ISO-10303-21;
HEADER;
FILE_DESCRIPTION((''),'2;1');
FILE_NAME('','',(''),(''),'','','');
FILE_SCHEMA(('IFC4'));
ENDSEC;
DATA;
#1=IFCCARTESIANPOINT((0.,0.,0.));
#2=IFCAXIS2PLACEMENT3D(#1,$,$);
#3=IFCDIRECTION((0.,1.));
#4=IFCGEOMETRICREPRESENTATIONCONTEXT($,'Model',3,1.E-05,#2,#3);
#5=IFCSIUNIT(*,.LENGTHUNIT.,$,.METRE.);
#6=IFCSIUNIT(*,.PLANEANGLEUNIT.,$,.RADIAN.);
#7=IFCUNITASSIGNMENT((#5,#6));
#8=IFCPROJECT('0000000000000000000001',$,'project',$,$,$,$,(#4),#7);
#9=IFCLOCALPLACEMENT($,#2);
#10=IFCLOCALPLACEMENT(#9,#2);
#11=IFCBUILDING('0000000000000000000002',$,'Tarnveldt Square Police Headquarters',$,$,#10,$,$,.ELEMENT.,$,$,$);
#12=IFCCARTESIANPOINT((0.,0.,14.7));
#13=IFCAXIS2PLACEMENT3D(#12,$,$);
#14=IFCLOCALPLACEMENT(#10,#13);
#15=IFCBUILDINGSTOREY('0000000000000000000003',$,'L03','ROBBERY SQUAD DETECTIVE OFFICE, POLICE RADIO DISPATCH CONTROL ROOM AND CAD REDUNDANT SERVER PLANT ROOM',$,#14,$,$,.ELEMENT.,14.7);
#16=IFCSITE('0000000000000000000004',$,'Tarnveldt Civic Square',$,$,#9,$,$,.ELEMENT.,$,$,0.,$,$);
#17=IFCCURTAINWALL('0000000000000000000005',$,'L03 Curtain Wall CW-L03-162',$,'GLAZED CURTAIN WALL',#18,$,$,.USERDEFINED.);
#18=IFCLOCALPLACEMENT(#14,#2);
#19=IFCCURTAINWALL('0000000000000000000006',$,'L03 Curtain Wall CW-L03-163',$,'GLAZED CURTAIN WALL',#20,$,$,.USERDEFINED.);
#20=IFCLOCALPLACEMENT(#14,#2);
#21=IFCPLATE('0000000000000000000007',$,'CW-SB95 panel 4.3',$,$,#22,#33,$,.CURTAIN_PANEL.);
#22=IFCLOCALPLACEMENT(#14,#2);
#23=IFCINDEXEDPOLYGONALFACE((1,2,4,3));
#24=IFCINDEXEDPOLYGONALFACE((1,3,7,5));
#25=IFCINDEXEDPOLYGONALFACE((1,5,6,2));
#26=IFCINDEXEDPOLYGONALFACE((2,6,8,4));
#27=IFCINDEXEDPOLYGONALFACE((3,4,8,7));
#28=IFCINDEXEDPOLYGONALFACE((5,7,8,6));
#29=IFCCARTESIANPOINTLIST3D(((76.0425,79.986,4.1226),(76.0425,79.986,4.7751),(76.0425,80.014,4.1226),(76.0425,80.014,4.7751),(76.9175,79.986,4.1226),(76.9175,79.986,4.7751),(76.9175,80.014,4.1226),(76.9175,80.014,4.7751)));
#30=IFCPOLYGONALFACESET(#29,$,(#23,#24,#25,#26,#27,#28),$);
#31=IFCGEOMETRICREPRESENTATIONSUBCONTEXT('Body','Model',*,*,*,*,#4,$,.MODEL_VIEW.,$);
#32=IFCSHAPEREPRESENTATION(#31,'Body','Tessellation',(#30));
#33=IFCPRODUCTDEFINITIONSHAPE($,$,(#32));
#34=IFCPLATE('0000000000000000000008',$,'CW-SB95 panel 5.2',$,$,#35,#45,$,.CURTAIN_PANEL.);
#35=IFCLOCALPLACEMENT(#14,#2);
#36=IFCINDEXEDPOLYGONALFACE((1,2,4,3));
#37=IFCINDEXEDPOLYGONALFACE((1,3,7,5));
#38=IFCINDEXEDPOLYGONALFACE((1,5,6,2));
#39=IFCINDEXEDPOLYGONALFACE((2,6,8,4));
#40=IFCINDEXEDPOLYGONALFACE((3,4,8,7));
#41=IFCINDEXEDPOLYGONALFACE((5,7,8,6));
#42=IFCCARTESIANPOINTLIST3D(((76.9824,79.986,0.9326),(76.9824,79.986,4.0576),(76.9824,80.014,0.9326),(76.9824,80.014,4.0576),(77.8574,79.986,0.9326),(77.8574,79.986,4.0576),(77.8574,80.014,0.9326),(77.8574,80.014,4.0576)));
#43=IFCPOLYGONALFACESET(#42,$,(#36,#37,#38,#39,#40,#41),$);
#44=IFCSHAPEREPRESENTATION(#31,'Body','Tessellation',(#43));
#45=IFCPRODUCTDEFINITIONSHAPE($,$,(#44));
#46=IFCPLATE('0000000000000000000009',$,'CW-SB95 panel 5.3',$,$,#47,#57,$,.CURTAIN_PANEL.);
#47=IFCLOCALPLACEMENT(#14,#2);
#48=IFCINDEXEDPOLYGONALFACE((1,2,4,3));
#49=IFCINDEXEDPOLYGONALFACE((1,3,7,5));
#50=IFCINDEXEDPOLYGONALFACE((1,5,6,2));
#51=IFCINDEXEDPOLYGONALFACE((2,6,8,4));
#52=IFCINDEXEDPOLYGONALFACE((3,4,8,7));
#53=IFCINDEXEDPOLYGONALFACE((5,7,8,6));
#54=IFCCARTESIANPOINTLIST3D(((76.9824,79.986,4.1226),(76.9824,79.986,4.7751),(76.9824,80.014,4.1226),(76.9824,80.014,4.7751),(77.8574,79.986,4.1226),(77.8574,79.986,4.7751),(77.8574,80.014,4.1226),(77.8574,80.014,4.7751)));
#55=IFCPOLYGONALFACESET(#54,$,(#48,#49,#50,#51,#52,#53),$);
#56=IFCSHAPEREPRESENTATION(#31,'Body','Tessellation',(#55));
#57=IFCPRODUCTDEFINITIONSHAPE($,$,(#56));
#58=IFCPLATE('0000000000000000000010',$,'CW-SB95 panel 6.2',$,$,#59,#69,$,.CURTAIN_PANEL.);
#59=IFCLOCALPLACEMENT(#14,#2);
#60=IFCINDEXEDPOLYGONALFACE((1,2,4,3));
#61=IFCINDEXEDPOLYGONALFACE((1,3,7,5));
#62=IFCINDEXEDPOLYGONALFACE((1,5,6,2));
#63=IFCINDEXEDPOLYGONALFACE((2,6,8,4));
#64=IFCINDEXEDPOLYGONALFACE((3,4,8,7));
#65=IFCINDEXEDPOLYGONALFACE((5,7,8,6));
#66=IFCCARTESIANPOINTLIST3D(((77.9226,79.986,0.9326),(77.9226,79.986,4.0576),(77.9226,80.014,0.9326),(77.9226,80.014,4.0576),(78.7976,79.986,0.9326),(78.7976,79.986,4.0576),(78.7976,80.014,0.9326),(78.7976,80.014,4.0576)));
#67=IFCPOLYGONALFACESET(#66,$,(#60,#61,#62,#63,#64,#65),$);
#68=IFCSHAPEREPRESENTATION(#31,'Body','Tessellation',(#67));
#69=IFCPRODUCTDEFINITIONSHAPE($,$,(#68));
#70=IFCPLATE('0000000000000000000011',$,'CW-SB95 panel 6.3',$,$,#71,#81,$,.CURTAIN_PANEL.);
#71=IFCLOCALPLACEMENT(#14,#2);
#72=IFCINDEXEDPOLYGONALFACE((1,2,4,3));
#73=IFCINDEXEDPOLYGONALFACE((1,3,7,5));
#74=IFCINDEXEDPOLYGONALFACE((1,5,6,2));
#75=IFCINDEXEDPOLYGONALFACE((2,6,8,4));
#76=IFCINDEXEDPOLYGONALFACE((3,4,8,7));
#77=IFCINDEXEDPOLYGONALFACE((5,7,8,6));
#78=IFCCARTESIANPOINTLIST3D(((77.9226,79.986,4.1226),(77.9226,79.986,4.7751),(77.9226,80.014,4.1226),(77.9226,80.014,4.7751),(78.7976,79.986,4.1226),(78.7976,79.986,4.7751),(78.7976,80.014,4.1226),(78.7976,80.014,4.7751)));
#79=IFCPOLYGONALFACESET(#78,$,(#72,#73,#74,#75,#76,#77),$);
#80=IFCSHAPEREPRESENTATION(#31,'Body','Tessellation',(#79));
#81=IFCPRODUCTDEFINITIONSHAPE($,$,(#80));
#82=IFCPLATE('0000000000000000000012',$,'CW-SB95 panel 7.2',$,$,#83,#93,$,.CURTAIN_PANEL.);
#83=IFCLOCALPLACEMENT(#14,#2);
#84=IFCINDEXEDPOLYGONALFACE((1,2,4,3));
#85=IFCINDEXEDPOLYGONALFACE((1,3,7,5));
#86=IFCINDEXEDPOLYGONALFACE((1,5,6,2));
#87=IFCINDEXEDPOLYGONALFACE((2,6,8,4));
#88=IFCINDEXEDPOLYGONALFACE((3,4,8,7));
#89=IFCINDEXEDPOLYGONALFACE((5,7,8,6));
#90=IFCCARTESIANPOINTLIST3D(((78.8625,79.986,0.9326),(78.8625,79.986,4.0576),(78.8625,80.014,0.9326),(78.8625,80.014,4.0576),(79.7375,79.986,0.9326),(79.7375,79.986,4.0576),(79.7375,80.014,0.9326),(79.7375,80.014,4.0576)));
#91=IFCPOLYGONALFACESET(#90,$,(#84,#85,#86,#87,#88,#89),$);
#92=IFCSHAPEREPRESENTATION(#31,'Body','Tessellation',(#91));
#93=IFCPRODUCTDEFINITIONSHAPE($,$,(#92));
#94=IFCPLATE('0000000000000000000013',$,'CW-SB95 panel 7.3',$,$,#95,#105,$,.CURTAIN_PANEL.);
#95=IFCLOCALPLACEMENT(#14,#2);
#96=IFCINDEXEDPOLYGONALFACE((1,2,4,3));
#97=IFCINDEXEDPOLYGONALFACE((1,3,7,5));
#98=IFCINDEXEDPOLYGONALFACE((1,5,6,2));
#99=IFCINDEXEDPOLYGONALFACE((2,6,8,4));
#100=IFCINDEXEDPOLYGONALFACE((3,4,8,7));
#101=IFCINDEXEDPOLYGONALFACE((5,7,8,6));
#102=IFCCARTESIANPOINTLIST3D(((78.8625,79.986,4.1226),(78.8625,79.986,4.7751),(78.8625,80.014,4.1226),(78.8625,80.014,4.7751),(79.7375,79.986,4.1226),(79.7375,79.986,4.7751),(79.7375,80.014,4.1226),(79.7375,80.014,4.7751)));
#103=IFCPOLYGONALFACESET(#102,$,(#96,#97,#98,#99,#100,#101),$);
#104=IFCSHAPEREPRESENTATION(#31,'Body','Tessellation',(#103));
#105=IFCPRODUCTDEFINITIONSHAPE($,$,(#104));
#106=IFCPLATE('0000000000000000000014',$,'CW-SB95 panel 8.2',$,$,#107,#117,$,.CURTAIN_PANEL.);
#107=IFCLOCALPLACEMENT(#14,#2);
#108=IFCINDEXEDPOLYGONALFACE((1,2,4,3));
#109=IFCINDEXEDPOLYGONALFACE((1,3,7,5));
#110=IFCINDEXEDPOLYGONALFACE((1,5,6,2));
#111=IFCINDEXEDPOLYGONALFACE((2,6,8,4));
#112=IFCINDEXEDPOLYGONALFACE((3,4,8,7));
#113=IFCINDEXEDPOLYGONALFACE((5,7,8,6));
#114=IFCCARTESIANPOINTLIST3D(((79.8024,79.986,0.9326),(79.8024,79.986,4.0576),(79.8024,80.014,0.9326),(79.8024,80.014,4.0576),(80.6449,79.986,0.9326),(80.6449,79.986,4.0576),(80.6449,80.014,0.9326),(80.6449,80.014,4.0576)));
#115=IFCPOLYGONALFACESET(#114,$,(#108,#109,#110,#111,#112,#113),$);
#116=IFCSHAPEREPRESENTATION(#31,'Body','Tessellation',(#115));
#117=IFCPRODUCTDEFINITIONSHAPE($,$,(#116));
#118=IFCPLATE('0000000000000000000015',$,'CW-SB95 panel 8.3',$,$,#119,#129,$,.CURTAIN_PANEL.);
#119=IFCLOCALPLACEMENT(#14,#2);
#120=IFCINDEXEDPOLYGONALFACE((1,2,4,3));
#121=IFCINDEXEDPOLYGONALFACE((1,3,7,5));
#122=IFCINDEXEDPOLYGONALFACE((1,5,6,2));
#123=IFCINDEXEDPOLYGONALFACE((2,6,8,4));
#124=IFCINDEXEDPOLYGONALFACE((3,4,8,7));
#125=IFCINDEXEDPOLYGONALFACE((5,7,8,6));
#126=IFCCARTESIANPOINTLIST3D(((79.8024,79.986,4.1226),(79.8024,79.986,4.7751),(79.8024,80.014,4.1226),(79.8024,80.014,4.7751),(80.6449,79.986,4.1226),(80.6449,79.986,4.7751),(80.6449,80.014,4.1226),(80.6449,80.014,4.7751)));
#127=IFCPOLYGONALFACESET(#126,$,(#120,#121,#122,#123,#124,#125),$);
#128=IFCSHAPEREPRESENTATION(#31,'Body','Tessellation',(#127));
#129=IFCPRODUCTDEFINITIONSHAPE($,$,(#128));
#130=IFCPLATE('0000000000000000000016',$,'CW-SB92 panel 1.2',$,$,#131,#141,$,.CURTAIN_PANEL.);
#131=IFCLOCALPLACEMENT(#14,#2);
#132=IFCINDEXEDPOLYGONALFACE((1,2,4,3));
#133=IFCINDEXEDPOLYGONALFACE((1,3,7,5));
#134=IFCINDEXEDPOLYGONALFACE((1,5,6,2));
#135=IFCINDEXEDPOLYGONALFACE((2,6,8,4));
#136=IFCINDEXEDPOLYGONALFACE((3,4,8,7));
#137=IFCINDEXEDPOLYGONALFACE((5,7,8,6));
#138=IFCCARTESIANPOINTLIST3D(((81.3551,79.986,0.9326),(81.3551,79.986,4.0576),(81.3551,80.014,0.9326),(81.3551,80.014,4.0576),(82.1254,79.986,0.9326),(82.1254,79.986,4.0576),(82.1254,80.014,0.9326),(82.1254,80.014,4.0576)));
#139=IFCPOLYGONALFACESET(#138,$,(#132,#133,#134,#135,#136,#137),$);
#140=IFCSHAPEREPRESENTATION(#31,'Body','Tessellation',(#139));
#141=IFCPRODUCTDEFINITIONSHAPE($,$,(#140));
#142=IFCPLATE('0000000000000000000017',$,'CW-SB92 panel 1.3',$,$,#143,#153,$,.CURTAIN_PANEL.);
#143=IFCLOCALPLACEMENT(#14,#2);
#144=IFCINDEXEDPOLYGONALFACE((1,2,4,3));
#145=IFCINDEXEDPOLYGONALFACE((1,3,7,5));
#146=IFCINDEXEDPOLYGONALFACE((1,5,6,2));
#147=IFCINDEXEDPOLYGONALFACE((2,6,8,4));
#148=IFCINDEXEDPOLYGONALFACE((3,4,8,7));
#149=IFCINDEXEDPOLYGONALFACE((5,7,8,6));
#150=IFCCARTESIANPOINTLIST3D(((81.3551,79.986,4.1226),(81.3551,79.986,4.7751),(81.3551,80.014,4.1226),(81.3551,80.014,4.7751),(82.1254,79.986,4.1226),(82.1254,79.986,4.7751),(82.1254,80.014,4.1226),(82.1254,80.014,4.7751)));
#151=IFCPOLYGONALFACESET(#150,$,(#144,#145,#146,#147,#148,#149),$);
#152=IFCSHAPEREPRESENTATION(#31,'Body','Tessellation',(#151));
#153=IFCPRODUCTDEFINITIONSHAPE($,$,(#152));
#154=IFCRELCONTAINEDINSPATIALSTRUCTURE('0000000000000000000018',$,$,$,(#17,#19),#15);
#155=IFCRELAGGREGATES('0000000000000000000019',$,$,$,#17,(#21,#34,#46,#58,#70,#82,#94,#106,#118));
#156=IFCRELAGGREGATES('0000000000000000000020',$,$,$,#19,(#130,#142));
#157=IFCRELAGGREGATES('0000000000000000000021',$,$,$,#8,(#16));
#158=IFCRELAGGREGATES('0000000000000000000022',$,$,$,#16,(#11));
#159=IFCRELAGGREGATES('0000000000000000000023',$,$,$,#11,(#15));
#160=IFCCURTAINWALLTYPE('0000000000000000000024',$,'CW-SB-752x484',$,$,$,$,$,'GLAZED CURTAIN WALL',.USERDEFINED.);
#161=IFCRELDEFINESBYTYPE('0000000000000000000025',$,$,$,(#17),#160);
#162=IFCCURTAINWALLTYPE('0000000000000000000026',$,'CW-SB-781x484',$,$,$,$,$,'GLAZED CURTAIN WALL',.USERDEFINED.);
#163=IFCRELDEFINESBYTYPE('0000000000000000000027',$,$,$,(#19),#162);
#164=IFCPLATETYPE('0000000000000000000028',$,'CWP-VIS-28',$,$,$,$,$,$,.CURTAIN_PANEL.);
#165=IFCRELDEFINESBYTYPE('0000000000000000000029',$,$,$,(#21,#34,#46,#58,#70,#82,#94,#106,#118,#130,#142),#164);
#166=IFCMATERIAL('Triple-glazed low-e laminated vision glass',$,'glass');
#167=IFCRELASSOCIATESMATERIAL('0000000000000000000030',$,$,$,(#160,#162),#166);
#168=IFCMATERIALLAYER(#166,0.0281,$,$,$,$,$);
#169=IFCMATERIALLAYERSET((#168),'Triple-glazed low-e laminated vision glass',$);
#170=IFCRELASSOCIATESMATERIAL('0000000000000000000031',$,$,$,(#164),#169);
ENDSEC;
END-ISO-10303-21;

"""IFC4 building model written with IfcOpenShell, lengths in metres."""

from ifc_helpers import new_model, si_unit, direction, frame, origin, origin_2d, place, context, subcontext, project, spatial, rectangle, extrude, material, layer, layer_set, type_object, element, aggregate, save


model = new_model("IFC4")

# Units and contexts
model_context = context("Model", 3, precision=1e-05, world=origin(), true_north=direction((0.0, 1.0)))
body_context = subcontext(model_context, "Body", "Model", "MODEL_VIEW")
ifc_project = project(units=[si_unit("LENGTHUNIT", "METRE"), si_unit("PLANEANGLEUNIT", "RADIAN")], contexts=[model_context])

# Site, building, storey
site_placement = place(None, origin())
site = spatial("IfcSite", under=ifc_project, at=site_placement, Name="Tarnveldt Civic Square", CompositionType="ELEMENT", RefElevation=0.0)
building_placement = place(site_placement, origin())
building = spatial("IfcBuilding", under=site, at=building_placement, Name="Tarnveldt Square Police Headquarters", CompositionType="ELEMENT")
storey_placement = place(building_placement, frame((0.0, 0.0, 14.7)))
storey = spatial("IfcBuildingStorey", under=building, at=storey_placement, Name="L03", Description="ROBBERY SQUAD DETECTIVE OFFICE, POLICE RADIO DISPATCH CONTROL ROOM AND CAD REDUNDANT SERVER PLANT ROOM", CompositionType="ELEMENT", Elevation=14.7)

# Curtain walls
ifc_material_1 = material(Name="Triple-glazed low-e laminated vision glass", Category="glass")
curtain_wall_type_1 = type_object("IfcCurtainWallType", Name="CW-SB-752x484", ElementType="GLAZED CURTAIN WALL", PredefinedType="USERDEFINED", material=ifc_material_1)
curtain_wall_1_placement = place(storey_placement, origin())
curtain_wall_1 = element("IfcCurtainWall", 1, at=curtain_wall_1_placement, inside=storey, type_object=curtain_wall_type_1, Name="L03 Curtain Wall CW-L03-162", ObjectType="GLAZED CURTAIN WALL", PredefinedType="USERDEFINED")
curtain_wall_type_2 = type_object("IfcCurtainWallType", Name="CW-SB-781x484", ElementType="GLAZED CURTAIN WALL", PredefinedType="USERDEFINED", material=ifc_material_1)
curtain_wall_2_placement = place(storey_placement, origin())
curtain_wall_2 = element("IfcCurtainWall", 2, at=curtain_wall_2_placement, inside=storey, type_object=curtain_wall_type_2, Name="L03 Curtain Wall CW-L03-163", ObjectType="GLAZED CURTAIN WALL", PredefinedType="USERDEFINED")

# Plates
ifc_layer = layer(ifc_material_1, 0.0281)
ifc_layer_set = layer_set([ifc_layer], Name="Triple-glazed low-e laminated vision glass")
plate_type = type_object("IfcPlateType", Name="CWP-VIS-28", PredefinedType="CURTAIN_PANEL", material=ifc_layer_set)
plate_1_placement = place(storey_placement, frame((76.48, 80.0, 4.1226), z_axis=(0.0, 0.0, 1.0), x_axis=(1.0, 0.0, 0.0)))
plate_1 = element("IfcPlate", 3, at=plate_1_placement, type_object=plate_type, Name="CW-SB95 panel 4.3", PredefinedType="CURTAIN_PANEL", context=body_context, shape_type="SweptSolid", body=[
    extrude(rectangle(XDim=0.875, YDim=0.0281, at=origin_2d()), origin(), (0.0, 0.0, 1.0), 0.6526),
])
plate_2_placement = place(storey_placement, frame((77.4199, 80.0, 0.9326), z_axis=(0.0, 0.0, 1.0), x_axis=(1.0, 0.0, 0.0)))
plate_2 = element("IfcPlate", 4, at=plate_2_placement, type_object=plate_type, Name="CW-SB95 panel 5.2", PredefinedType="CURTAIN_PANEL", context=body_context, shape_type="SweptSolid", body=[
    extrude(rectangle(XDim=0.875, YDim=0.0281, at=origin_2d()), origin(), (0.0, 0.0, 1.0), 3.125),
])
plate_3_placement = place(storey_placement, frame((77.4199, 80.0, 4.1226), z_axis=(0.0, 0.0, 1.0), x_axis=(1.0, 0.0, 0.0)))
plate_3 = element("IfcPlate", 5, at=plate_3_placement, type_object=plate_type, Name="CW-SB95 panel 5.3", PredefinedType="CURTAIN_PANEL", context=body_context, shape_type="SweptSolid", body=[
    extrude(rectangle(XDim=0.875, YDim=0.0281, at=origin_2d()), origin(), (0.0, 0.0, 1.0), 0.6526),
])
plate_4_placement = place(storey_placement, frame((78.3601, 80.0, 0.9326), z_axis=(0.0, 0.0, 1.0), x_axis=(1.0, 0.0, 0.0)))
plate_4 = element("IfcPlate", 6, at=plate_4_placement, type_object=plate_type, Name="CW-SB95 panel 6.2", PredefinedType="CURTAIN_PANEL", context=body_context, shape_type="SweptSolid", body=[
    extrude(rectangle(XDim=0.875, YDim=0.0281, at=origin_2d()), origin(), (0.0, 0.0, 1.0), 3.125),
])
plate_5_placement = place(storey_placement, frame((78.3601, 80.0, 4.1226), z_axis=(0.0, 0.0, 1.0), x_axis=(1.0, 0.0, 0.0)))
plate_5 = element("IfcPlate", 7, at=plate_5_placement, type_object=plate_type, Name="CW-SB95 panel 6.3", PredefinedType="CURTAIN_PANEL", context=body_context, shape_type="SweptSolid", body=[
    extrude(rectangle(XDim=0.875, YDim=0.0281, at=origin_2d()), origin(), (0.0, 0.0, 1.0), 0.6526),
])
plate_6_placement = place(storey_placement, frame((79.3, 80.0, 0.9326), z_axis=(0.0, 0.0, 1.0), x_axis=(1.0, 0.0, 0.0)))
plate_6 = element("IfcPlate", 8, at=plate_6_placement, type_object=plate_type, Name="CW-SB95 panel 7.2", PredefinedType="CURTAIN_PANEL", context=body_context, shape_type="SweptSolid", body=[
    extrude(rectangle(XDim=0.875, YDim=0.0281, at=origin_2d()), origin(), (0.0, 0.0, 1.0), 3.125),
])
plate_7_placement = place(storey_placement, frame((79.3, 80.0, 4.1226), z_axis=(0.0, 0.0, 1.0), x_axis=(1.0, 0.0, 0.0)))
plate_7 = element("IfcPlate", 9, at=plate_7_placement, type_object=plate_type, Name="CW-SB95 panel 7.3", PredefinedType="CURTAIN_PANEL", context=body_context, shape_type="SweptSolid", body=[
    extrude(rectangle(XDim=0.875, YDim=0.0281, at=origin_2d()), origin(), (0.0, 0.0, 1.0), 0.6526),
])
plate_8_placement = place(storey_placement, frame((80.2236, 80.0, 0.9326), z_axis=(0.0, 0.0, 1.0), x_axis=(1.0, 0.0, 0.0)))
plate_8 = element("IfcPlate", 10, at=plate_8_placement, type_object=plate_type, Name="CW-SB95 panel 8.2", PredefinedType="CURTAIN_PANEL", context=body_context, shape_type="SweptSolid", body=[
    extrude(rectangle(XDim=0.8425, YDim=0.0281, at=origin_2d()), origin(), (0.0, 0.0, 1.0), 3.125),
])
plate_9_placement = place(storey_placement, frame((80.2236, 80.0, 4.1226), z_axis=(0.0, 0.0, 1.0), x_axis=(1.0, 0.0, 0.0)))
plate_9 = element("IfcPlate", 11, at=plate_9_placement, type_object=plate_type, Name="CW-SB95 panel 8.3", PredefinedType="CURTAIN_PANEL", context=body_context, shape_type="SweptSolid", body=[
    extrude(rectangle(XDim=0.8425, YDim=0.0281, at=origin_2d()), origin(), (0.0, 0.0, 1.0), 0.6526),
])
aggregate(curtain_wall_1, [plate_1, plate_2, plate_3, plate_4, plate_5, plate_6, plate_7, plate_8, plate_9])
plate_10_placement = place(storey_placement, frame((81.7402, 80.0, 0.9326), z_axis=(0.0, 0.0, 1.0), x_axis=(1.0, 0.0, 0.0)))
plate_10 = element("IfcPlate", 12, at=plate_10_placement, type_object=plate_type, Name="CW-SB92 panel 1.2", PredefinedType="CURTAIN_PANEL", context=body_context, shape_type="SweptSolid", body=[
    extrude(rectangle(XDim=0.7703, YDim=0.0281, at=origin_2d()), origin(), (0.0, 0.0, 1.0), 3.125),
])
plate_11_placement = place(storey_placement, frame((81.7402, 80.0, 4.1226), z_axis=(0.0, 0.0, 1.0), x_axis=(1.0, 0.0, 0.0)))
plate_11 = element("IfcPlate", 13, at=plate_11_placement, type_object=plate_type, Name="CW-SB92 panel 1.3", PredefinedType="CURTAIN_PANEL", context=body_context, shape_type="SweptSolid", body=[
    extrude(rectangle(XDim=0.7703, YDim=0.0281, at=origin_2d()), origin(), (0.0, 0.0, 1.0), 0.6526),
])
aggregate(curtain_wall_2, [plate_10, plate_11])

save(model, "model.ifc")
